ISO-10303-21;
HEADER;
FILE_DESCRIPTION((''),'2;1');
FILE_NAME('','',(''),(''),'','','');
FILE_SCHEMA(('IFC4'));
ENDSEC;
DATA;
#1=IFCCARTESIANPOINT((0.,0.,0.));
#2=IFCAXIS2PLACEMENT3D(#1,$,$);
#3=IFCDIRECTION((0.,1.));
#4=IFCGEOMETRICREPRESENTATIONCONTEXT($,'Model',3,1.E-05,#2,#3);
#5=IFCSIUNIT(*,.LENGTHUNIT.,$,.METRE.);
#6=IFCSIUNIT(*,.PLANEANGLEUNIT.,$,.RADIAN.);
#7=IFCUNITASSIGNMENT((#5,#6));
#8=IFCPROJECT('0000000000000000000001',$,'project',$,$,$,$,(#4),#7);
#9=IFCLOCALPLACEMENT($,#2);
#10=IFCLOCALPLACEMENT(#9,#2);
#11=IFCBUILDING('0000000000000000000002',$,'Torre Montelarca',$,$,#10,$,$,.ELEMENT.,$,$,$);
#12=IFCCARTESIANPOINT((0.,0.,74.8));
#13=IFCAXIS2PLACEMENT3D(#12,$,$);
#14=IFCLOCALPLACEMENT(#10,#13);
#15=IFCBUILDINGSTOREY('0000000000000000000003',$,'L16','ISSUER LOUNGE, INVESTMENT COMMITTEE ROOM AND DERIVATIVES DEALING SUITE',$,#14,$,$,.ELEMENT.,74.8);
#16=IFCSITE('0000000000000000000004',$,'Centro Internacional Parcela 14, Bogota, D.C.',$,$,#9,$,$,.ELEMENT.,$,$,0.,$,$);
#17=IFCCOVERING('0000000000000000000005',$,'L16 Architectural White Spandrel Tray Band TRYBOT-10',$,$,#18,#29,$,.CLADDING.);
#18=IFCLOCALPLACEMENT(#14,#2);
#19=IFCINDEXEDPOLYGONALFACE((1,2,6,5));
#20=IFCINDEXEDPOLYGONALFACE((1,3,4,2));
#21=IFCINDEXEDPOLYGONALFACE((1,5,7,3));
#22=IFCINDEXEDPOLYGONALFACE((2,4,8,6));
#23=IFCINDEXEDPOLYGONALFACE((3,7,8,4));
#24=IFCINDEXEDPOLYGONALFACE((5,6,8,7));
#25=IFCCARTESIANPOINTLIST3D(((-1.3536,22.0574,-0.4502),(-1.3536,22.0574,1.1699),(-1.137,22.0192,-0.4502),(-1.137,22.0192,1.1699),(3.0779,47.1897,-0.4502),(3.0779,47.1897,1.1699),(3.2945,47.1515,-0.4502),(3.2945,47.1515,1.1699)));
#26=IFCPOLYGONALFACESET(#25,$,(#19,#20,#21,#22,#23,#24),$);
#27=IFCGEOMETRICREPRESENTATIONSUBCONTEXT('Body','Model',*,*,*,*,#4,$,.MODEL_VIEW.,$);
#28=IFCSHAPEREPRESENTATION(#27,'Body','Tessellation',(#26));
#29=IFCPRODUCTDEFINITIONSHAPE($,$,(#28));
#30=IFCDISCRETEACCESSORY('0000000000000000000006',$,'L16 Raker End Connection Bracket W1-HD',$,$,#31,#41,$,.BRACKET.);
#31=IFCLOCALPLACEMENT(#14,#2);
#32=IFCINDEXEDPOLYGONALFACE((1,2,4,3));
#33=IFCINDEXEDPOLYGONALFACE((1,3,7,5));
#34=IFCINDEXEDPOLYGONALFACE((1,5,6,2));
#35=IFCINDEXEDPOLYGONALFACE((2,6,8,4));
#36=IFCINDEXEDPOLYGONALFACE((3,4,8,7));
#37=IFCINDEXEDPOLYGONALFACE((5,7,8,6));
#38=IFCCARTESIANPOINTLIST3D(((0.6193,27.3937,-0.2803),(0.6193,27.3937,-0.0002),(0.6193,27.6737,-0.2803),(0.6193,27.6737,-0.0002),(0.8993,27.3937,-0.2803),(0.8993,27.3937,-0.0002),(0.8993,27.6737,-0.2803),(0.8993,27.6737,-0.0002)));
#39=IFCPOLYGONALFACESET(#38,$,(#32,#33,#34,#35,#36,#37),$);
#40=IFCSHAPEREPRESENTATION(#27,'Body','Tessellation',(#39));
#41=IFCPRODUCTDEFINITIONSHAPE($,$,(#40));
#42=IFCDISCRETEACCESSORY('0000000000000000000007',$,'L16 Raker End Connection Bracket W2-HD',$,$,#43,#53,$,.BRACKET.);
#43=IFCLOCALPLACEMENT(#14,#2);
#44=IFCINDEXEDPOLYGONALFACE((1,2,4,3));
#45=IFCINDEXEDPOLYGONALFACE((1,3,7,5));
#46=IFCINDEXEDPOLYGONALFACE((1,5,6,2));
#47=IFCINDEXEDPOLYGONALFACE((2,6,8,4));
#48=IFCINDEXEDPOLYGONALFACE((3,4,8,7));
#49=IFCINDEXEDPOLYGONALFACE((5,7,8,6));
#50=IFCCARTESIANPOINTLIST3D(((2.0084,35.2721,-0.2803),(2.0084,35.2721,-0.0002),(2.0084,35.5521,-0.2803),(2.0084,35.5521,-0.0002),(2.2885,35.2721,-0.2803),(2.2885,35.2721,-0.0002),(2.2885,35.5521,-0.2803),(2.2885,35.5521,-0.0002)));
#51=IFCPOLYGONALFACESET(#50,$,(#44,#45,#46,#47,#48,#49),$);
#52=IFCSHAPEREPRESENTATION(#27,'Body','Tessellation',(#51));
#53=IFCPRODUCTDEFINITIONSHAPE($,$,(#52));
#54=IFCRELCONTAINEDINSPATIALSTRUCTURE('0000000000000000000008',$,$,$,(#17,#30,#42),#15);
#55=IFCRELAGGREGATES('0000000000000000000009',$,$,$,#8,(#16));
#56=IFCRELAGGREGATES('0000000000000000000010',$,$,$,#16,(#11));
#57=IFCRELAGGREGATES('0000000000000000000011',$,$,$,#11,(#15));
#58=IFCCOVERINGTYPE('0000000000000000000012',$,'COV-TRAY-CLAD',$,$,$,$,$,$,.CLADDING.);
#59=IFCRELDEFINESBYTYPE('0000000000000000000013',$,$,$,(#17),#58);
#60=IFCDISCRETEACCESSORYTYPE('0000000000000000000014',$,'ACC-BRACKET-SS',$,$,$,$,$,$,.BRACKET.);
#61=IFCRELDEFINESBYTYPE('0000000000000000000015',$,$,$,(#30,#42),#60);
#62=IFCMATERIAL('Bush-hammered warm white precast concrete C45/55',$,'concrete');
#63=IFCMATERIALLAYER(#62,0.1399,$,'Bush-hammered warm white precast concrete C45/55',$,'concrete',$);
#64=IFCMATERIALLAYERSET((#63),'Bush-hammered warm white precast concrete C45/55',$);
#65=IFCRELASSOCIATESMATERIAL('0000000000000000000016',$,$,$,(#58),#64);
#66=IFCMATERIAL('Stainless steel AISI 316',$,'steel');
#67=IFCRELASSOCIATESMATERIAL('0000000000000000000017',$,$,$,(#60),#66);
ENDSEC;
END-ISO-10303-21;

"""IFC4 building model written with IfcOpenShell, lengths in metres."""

from ifc_helpers import new_model, si_unit, direction, frame, origin, origin_2d, place, context, subcontext, project, spatial, rectangle, extrude, source, transform, mapped, material, layer, layer_set, type_object, element, save


model = new_model("IFC4")

# Units and contexts
model_context = context("Model", 3, precision=1e-05, world=origin(), true_north=direction((0.0, 1.0)))
body_context = subcontext(model_context, "Body", "Model", "MODEL_VIEW")
ifc_project = project(units=[si_unit("LENGTHUNIT", "METRE"), si_unit("PLANEANGLEUNIT", "RADIAN")], contexts=[model_context])

# Site, building, storey
site_placement = place(None, origin())
site = spatial("IfcSite", under=ifc_project, at=site_placement, Name="Centro Internacional Parcela 14, Bogota, D.C.", CompositionType="ELEMENT", RefElevation=0.0)
building_placement = place(site_placement, origin())
building = spatial("IfcBuilding", under=site, at=building_placement, Name="Torre Montelarca", CompositionType="ELEMENT")
storey_placement = place(building_placement, frame((0.0, 0.0, 74.8)))
storey = spatial("IfcBuildingStorey", under=building, at=storey_placement, Name="L16", Description="ISSUER LOUNGE, INVESTMENT COMMITTEE ROOM AND DERIVATIVES DEALING SUITE", CompositionType="ELEMENT", Elevation=74.8)

# Covering
ifc_material_1 = material(Name="Bush-hammered warm white precast concrete C45/55", Category="concrete")
ifc_layer_1 = layer(ifc_material_1, 0.1399, Name="Bush-hammered warm white precast concrete C45/55", Category="concrete")
ifc_layer_set_1 = layer_set([ifc_layer_1], Name="Bush-hammered warm white precast concrete C45/55")
covering_type = type_object("IfcCoveringType", Name="COV-TRAY-CLAD", PredefinedType="CLADDING", material=ifc_layer_set_1)
shared_shape_1 = source(origin(), body_context, "Body", "SweptSolid", [
    extrude(rectangle(XDim=25.52, YDim=0.22, at=origin_2d()), origin(), (0.0, 0.0, 1.0), 1.6201),
])
covering_placement = place(storey_placement, frame((0.9705, 34.6045, -0.4502), z_axis=(0.0, 0.0, 1.0), x_axis=(-0.17365, -0.984807, 0.0)))
element("IfcCovering", 1, at=covering_placement, inside=storey, type_object=covering_type, Name="L16 Architectural White Spandrel Tray Band TRYBOT-10", PredefinedType="CLADDING", context=body_context, shape_type="MappedRepresentation", body=[
    mapped(shared_shape_1, transform((0.0, 0.0, 0.0), scale=1.0)),
])

# Discrete accessories
ifc_material_2 = material(Name="Stainless steel AISI 316", Category="steel")
discrete_accessory_type = type_object("IfcDiscreteAccessoryType", Name="ACC-BRACKET-SS", PredefinedType="BRACKET", material=ifc_material_2)
shared_shape_2 = source(origin(), body_context, "Body", "SweptSolid", [
    extrude(rectangle(XDim=0.28, YDim=0.28, at=origin_2d()), origin(), (0.0, 0.0, 1.0), 0.28),
])
for number, where, z_axis, x_axis, name in (
    (2, (0.7593, 27.5337, -0.2803), (0.0, 0.0, 1.0), (1.0, 0.0, 0.0), "L16 Raker End Connection Bracket W1-HD"),
    (3, (2.1484, 35.4121, -0.2803), (0.0, 0.0, 1.0), (1.0, 0.0, 0.0), "L16 Raker End Connection Bracket W2-HD"),
):
    element("IfcDiscreteAccessory", number, at=place(storey_placement, frame(where, z_axis=z_axis, x_axis=x_axis)), inside=storey, type_object=discrete_accessory_type, Name=name, PredefinedType="BRACKET", context=body_context, shape_type="MappedRepresentation", body=[
        mapped(shared_shape_2, transform((0.0, 0.0, 0.0), scale=1.0)),
    ])

save(model, "model.ifc")
